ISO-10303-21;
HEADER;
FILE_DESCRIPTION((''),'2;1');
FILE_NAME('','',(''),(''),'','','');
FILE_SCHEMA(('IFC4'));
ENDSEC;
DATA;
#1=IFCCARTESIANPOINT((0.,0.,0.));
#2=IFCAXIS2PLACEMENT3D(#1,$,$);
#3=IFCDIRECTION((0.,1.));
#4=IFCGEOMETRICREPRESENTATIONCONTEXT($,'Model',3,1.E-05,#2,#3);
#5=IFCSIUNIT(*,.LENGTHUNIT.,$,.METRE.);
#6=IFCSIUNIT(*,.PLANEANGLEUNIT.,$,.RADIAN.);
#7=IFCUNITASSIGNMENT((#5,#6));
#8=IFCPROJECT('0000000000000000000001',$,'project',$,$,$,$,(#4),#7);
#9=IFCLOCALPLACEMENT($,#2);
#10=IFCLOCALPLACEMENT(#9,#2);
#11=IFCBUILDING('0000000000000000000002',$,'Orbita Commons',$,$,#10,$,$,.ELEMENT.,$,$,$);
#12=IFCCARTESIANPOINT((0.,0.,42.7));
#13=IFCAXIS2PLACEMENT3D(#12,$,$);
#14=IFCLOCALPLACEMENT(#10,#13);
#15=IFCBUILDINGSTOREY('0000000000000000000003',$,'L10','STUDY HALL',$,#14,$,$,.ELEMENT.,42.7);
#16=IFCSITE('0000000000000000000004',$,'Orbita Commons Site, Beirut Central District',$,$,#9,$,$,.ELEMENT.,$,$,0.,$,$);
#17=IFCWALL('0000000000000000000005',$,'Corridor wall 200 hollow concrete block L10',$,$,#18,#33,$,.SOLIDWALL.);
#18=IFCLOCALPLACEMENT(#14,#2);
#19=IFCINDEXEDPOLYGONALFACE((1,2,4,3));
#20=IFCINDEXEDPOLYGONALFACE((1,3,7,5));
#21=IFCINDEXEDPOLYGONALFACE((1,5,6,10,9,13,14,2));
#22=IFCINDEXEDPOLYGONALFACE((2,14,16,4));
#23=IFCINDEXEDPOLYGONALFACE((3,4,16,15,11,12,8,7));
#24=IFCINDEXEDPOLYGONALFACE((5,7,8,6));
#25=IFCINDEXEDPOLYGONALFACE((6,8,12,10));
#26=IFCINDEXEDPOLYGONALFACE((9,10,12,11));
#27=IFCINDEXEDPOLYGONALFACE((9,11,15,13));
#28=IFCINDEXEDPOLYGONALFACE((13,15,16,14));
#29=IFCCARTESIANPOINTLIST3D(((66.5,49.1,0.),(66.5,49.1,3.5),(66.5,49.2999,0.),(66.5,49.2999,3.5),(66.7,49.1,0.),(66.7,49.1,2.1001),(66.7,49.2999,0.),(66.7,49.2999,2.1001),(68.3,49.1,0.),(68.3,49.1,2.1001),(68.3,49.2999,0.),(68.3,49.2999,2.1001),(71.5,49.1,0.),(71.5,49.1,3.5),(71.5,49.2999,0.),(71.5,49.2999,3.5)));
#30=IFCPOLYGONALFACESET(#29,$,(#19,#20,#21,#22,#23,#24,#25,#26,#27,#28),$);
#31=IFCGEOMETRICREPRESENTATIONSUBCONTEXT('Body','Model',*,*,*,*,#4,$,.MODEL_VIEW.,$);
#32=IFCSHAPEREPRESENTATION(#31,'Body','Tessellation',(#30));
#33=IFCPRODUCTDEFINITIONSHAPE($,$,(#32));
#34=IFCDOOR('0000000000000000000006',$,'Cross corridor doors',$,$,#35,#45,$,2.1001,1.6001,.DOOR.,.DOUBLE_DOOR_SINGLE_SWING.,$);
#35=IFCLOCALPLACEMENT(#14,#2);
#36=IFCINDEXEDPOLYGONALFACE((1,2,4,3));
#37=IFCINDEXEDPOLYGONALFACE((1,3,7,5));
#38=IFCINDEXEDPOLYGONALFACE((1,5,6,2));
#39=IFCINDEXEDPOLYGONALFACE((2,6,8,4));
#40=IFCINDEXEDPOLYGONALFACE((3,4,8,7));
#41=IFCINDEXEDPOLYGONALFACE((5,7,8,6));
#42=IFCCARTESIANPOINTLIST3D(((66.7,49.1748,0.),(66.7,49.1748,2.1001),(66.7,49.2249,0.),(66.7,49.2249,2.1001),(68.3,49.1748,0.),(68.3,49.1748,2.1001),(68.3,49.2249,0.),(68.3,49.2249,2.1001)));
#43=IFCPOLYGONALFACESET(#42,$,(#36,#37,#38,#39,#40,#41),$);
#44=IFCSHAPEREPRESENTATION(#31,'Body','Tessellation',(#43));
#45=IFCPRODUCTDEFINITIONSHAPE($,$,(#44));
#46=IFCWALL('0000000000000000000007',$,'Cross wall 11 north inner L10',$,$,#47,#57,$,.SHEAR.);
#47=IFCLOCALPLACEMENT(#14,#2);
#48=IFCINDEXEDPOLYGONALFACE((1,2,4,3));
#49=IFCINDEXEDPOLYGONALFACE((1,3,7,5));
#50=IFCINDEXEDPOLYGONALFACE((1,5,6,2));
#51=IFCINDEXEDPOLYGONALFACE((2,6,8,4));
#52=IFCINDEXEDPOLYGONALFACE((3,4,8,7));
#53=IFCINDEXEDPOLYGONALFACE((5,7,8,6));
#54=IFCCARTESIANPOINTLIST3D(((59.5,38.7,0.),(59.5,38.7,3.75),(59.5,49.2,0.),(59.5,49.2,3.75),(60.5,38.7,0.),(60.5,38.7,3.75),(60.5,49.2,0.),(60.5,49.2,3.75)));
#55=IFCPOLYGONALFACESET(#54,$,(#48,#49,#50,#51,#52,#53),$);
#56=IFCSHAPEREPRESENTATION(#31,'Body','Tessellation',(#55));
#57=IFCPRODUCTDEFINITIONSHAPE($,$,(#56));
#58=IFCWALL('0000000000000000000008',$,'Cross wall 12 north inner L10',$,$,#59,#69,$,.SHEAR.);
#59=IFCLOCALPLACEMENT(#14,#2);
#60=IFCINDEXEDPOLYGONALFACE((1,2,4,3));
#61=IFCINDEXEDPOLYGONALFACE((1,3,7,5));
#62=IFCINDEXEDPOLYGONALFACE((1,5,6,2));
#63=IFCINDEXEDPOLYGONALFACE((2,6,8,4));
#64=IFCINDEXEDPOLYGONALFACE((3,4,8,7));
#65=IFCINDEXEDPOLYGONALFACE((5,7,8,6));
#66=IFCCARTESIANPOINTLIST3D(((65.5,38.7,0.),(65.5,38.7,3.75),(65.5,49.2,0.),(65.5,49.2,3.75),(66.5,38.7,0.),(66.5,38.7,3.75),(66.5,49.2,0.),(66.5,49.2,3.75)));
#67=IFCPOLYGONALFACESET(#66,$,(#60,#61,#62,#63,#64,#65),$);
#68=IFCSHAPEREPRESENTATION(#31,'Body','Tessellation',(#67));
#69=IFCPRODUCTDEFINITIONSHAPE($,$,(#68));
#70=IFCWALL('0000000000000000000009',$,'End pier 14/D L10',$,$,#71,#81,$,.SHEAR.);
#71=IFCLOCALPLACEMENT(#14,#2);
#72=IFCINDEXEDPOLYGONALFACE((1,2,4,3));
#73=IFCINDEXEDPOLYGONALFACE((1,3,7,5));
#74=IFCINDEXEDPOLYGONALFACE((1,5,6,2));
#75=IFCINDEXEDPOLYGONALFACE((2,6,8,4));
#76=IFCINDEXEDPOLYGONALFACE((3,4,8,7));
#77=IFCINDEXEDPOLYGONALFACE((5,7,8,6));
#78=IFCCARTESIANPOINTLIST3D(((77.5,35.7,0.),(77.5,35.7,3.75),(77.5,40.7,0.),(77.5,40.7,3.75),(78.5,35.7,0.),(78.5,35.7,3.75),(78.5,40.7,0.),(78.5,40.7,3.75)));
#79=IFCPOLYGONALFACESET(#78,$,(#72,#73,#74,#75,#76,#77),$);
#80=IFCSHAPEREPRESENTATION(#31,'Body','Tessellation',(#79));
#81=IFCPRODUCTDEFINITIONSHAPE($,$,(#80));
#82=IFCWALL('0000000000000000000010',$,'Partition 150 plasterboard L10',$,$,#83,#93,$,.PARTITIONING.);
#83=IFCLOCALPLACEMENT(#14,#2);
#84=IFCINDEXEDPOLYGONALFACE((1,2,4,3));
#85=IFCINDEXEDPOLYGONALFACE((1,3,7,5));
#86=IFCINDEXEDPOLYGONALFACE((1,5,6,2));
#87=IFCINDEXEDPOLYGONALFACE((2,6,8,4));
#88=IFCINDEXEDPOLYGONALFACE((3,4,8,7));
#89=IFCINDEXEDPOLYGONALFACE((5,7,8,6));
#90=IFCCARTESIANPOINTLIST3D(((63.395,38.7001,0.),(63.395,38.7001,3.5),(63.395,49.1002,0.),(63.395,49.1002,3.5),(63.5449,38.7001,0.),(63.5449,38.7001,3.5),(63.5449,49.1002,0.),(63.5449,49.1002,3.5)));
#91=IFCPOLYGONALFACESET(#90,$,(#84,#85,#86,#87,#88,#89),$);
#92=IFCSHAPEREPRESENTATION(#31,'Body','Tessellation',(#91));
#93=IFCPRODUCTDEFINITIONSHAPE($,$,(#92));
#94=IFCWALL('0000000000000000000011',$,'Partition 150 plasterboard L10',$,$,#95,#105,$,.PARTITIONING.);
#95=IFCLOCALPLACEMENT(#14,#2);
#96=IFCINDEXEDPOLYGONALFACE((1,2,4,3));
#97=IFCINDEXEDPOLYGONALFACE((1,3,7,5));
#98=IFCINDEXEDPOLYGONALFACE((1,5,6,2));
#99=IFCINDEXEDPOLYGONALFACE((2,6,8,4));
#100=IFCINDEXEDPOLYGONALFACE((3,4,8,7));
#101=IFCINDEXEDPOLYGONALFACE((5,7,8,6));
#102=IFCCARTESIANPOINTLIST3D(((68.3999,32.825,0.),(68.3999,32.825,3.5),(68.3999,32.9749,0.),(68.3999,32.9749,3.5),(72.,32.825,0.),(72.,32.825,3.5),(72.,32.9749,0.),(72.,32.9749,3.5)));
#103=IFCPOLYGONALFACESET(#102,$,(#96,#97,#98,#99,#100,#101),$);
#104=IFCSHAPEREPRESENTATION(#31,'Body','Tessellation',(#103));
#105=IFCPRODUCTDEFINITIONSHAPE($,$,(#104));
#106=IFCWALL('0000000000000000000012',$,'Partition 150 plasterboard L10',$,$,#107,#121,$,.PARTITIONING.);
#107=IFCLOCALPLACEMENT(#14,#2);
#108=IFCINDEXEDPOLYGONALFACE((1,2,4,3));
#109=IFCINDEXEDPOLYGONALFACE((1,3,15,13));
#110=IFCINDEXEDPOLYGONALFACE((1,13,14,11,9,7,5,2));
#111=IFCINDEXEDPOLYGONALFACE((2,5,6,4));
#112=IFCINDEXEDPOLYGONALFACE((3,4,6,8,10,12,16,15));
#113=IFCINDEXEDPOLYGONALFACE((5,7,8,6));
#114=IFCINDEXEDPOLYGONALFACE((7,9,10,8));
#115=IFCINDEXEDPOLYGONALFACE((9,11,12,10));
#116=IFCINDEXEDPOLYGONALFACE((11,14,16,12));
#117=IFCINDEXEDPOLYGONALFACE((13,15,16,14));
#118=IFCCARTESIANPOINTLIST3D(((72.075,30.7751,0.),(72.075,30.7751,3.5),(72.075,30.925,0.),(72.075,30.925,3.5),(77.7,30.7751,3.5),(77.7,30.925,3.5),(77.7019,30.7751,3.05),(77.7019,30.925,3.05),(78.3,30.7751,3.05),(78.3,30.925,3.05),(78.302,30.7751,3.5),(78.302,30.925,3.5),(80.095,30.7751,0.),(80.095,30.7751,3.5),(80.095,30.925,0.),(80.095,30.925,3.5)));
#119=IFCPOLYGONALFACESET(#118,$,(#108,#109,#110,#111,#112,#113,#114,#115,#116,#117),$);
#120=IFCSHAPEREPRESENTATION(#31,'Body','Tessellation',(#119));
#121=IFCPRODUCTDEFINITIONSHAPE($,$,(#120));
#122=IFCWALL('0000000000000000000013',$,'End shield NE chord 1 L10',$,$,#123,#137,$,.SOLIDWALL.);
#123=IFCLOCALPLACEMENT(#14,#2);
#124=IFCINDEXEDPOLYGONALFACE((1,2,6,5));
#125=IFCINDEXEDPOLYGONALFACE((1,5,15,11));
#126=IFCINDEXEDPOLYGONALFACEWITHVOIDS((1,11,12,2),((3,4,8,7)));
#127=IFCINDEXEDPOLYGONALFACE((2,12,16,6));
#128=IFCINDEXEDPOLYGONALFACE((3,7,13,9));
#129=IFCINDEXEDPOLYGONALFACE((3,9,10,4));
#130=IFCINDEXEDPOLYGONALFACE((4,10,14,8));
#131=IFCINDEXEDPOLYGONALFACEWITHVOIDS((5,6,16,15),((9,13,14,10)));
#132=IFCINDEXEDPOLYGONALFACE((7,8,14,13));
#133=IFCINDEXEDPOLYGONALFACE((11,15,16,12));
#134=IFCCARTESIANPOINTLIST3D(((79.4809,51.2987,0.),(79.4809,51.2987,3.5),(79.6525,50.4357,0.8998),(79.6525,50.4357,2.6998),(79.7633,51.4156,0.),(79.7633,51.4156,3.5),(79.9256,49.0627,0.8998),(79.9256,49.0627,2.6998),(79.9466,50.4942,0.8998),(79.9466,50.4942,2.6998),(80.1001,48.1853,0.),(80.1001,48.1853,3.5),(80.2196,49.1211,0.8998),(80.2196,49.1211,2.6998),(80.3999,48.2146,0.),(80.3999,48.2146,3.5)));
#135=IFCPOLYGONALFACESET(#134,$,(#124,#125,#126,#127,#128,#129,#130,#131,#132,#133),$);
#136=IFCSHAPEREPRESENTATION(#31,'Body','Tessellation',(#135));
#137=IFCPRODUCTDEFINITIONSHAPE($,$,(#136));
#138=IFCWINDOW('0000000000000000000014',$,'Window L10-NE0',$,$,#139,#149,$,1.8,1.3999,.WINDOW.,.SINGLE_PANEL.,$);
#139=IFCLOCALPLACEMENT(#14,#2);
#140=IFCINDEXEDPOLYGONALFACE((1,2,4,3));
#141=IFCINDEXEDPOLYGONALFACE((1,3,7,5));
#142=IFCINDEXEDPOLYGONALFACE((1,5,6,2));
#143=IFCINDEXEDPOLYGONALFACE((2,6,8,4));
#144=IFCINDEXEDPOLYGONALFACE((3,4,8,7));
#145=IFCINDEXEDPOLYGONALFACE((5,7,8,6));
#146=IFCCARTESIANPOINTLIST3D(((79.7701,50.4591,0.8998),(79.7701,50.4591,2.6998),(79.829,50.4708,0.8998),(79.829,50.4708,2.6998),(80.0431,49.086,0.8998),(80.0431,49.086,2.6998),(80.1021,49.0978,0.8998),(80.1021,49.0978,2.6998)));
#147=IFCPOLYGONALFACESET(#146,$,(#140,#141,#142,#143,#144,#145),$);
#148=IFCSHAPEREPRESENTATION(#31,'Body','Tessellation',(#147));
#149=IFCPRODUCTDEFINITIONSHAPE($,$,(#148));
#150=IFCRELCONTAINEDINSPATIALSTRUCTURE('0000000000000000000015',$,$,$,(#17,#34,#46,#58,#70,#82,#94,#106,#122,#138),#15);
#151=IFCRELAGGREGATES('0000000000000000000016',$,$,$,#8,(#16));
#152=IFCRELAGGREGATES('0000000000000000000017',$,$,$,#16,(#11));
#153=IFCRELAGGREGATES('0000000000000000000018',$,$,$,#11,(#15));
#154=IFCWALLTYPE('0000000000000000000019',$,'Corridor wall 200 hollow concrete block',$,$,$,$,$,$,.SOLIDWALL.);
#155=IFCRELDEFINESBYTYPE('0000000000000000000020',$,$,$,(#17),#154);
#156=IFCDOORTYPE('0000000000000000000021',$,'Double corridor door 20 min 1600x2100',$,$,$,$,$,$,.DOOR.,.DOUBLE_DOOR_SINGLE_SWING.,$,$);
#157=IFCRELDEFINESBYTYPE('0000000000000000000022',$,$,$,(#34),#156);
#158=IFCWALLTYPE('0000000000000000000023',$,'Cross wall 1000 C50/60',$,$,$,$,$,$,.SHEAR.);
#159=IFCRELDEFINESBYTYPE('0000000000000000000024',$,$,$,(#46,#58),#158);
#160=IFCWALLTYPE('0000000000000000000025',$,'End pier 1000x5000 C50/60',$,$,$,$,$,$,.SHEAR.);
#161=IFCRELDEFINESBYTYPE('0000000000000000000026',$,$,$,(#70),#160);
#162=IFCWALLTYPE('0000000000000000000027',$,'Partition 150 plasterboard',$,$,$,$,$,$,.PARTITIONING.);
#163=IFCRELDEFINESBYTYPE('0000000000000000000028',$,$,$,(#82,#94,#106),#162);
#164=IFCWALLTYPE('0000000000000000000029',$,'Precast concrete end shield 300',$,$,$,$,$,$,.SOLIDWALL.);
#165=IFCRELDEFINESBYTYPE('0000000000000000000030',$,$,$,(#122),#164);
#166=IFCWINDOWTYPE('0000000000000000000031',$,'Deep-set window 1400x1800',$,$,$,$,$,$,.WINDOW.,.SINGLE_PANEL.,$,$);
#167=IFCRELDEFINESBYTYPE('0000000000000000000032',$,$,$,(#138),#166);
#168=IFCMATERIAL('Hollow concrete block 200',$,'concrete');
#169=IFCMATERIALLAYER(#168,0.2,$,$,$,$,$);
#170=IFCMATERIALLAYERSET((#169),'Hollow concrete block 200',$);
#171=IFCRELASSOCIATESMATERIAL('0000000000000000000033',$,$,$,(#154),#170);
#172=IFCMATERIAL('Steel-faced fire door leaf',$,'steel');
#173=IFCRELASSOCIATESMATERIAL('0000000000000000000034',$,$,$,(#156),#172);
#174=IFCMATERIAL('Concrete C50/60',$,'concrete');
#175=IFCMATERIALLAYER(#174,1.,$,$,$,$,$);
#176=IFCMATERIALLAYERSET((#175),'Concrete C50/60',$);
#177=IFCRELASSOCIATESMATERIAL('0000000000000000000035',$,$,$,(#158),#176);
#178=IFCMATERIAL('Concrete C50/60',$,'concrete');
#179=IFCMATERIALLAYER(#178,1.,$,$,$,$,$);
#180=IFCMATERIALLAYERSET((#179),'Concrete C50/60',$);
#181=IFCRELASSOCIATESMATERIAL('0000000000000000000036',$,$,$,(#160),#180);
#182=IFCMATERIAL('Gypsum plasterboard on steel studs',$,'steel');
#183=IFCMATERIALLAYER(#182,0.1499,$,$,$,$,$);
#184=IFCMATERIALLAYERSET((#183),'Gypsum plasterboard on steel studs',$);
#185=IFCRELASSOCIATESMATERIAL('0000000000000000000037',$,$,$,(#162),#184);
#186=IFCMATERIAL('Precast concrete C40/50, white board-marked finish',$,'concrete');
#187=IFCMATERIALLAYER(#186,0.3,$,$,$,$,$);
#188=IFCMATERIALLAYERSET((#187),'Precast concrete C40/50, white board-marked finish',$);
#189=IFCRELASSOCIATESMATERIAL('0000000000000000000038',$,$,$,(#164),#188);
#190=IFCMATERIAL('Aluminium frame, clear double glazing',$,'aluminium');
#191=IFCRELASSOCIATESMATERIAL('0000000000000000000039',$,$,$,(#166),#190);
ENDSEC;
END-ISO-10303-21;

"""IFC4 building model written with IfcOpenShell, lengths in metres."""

from ifc_helpers import new_model, si_unit, direction, frame, frame_2d, origin, place, context, subcontext, project, spatial, polyline, rectangle, outline, extrude, material, layer, layer_set, type_object, element, fill, save


model = new_model("IFC4")

# Units and contexts
model_context = context("Model", 3, precision=1e-05, world=origin(), true_north=direction((0.0, 1.0)))
body_context = subcontext(model_context, "Body", "Model", "MODEL_VIEW")
ifc_project = project(units=[si_unit("LENGTHUNIT", "METRE"), si_unit("PLANEANGLEUNIT", "RADIAN")], contexts=[model_context])

# Site, building, storey
site_placement = place(None, origin())
site = spatial("IfcSite", under=ifc_project, at=site_placement, Name="Orbita Commons Site, Beirut Central District", CompositionType="ELEMENT", RefElevation=0.0)
building_placement = place(site_placement, origin())
building = spatial("IfcBuilding", under=site, at=building_placement, Name="Orbita Commons", CompositionType="ELEMENT")
storey_placement = place(building_placement, frame((0.0, 0.0, 42.7)))
storey = spatial("IfcBuildingStorey", under=building, at=storey_placement, Name="L10", Description="STUDY HALL", CompositionType="ELEMENT", Elevation=42.7)

# Shared definitions
ifc_material_1 = material(Name="Hollow concrete block 200", Category="concrete")
ifc_layer_1 = layer(ifc_material_1, 0.2)
ifc_layer_set_1 = layer_set([ifc_layer_1], Name="Hollow concrete block 200")
wall_type_1 = type_object("IfcWallType", Name="Corridor wall 200 hollow concrete block", PredefinedType="SOLIDWALL", material=ifc_layer_set_1)

# Wall, opening, door
wall_1_placement = place(storey_placement, frame((66.5, 49.2, 0.0), z_axis=(0.0, 0.0, 1.0), x_axis=(1.0, 0.0, 0.0)))
wall_1 = element("IfcWall", 1, at=wall_1_placement, inside=storey, type_object=wall_type_1, Name="Corridor wall 200 hollow concrete block L10", PredefinedType="SOLIDWALL", context=body_context, shape_type="SweptSolid", body=[
    extrude(rectangle(XDim=5.0, YDim=0.2, at=frame_2d((2.5, 0.0))), origin(), (0.0, 0.0, 1.0), 3.5),
])
opening_1_placement = place(wall_1_placement, frame((0.2, 0.0, 0.0)))
opening_1 = element("IfcOpeningElement", 2, at=opening_1_placement, cuts=wall_1, PredefinedType="OPENING", context=body_context, shape_type="SweptSolid", body=[
    extrude(rectangle(XDim=1.6001, YDim=2.1001, at=frame_2d((0.8, 1.05))), frame((0.0, 0.1099, 0.0), z_axis=(0.0, -1.0, 0.0), x_axis=(1.0, 0.0, 0.0)), (0.0, 0.0, 1.0), 0.22),
])
ifc_material_2 = material(Name="Steel-faced fire door leaf", Category="steel")
door_type_1 = type_object("IfcDoorType", Name="Double corridor door 20 min 1600x2100", OperationType="DOUBLE_DOOR_SINGLE_SWING", PredefinedType="DOOR", material=ifc_material_2)
door_1_placement = place(opening_1_placement, origin())
door_1 = element("IfcDoor", 3, at=door_1_placement, inside=storey, type_object=door_type_1, Name="Cross corridor doors", OperationType="DOUBLE_DOOR_SINGLE_SWING", OverallHeight=2.1001, OverallWidth=1.6001, PredefinedType="DOOR", context=body_context, shape_type="SweptSolid", body=[
    extrude(rectangle(XDim=1.6001, YDim=2.1001, at=frame_2d((0.8, 1.05))), frame((0.0, 0.0249, 0.0), z_axis=(0.0, -1.0, 0.0), x_axis=(1.0, 0.0, 0.0)), (0.0, 0.0, 1.0), 0.05),
])
fill(opening_1, door_1)

# Walls
ifc_material_3 = material(Name="Concrete C50/60", Category="concrete")
ifc_layer_2 = layer(ifc_material_3, 1.0)
ifc_layer_set_2 = layer_set([ifc_layer_2], Name="Concrete C50/60")
wall_type_2 = type_object("IfcWallType", Name="Cross wall 1000 C50/60", PredefinedType="SHEAR", material=ifc_layer_set_2)
for number, where, z_axis, x_axis, name in (
    (4, (60.0, 38.7, 0.0), (0.0, 0.0, 1.0), (0.0, 1.0, 0.0), "Cross wall 11 north inner L10"),
    (5, (66.0, 38.7, 0.0), (0.0, 0.0, 1.0), (0.0, 1.0, 0.0), "Cross wall 12 north inner L10"),
):
    element("IfcWall", number, at=place(storey_placement, frame(where, z_axis=z_axis, x_axis=x_axis)), inside=storey, type_object=wall_type_2, Name=name, PredefinedType="SHEAR", context=body_context, shape_type="SweptSolid", body=[
        extrude(rectangle(XDim=10.5, YDim=1.0, at=frame_2d((5.25, 0.0))), origin(), (0.0, 0.0, 1.0), 3.75),
    ])
ifc_material_4 = material(Name="Concrete C50/60", Category="concrete")
ifc_layer_3 = layer(ifc_material_4, 1.0)
ifc_layer_set_3 = layer_set([ifc_layer_3], Name="Concrete C50/60")
wall_type_3 = type_object("IfcWallType", Name="End pier 1000x5000 C50/60", PredefinedType="SHEAR", material=ifc_layer_set_3)
wall_2_placement = place(storey_placement, frame((78.0, 35.7, 0.0), z_axis=(0.0, 0.0, 1.0), x_axis=(0.0, 1.0, 0.0)))
element("IfcWall", 6, at=wall_2_placement, inside=storey, type_object=wall_type_3, Name="End pier 14/D L10", PredefinedType="SHEAR", context=body_context, shape_type="SweptSolid", body=[
    extrude(rectangle(XDim=5.0, YDim=1.0, at=frame_2d((2.5, 0.0))), origin(), (0.0, 0.0, 1.0), 3.75),
])
ifc_material_5 = material(Name="Gypsum plasterboard on steel studs", Category="steel")
ifc_layer_4 = layer(ifc_material_5, 0.1499)
ifc_layer_set_4 = layer_set([ifc_layer_4], Name="Gypsum plasterboard on steel studs")
wall_type_4 = type_object("IfcWallType", Name="Partition 150 plasterboard", PredefinedType="PARTITIONING", material=ifc_layer_set_4)
wall_3_placement = place(storey_placement, frame((63.47, 38.7, 0.0), z_axis=(0.0, 0.0, 1.0), x_axis=(0.0, 1.0, 0.0)))
element("IfcWall", 7, at=wall_3_placement, inside=storey, type_object=wall_type_4, Name="Partition 150 plasterboard L10", PredefinedType="PARTITIONING", context=body_context, shape_type="SweptSolid", body=[
    extrude(rectangle(XDim=10.4001, YDim=0.1499, at=frame_2d((5.2002, 0.0))), origin(), (0.0, 0.0, 1.0), 3.5),
])
wall_4_placement = place(storey_placement, frame((68.3999, 32.8999, 0.0), z_axis=(0.0, 0.0, 1.0), x_axis=(1.0, 0.0, 0.0)))
element("IfcWall", 8, at=wall_4_placement, inside=storey, type_object=wall_type_4, Name="Partition 150 plasterboard L10", PredefinedType="PARTITIONING", context=body_context, shape_type="SweptSolid", body=[
    extrude(rectangle(XDim=3.6001, YDim=0.1499, at=frame_2d((1.8, 0.0))), origin(), (0.0, 0.0, 1.0), 3.5),
])
wall_5_placement = place(storey_placement, frame((72.075, 30.8501, 0.0), z_axis=(0.0, 0.0, 1.0), x_axis=(1.0, 0.0, 0.0)))
element("IfcWall", 9, at=wall_5_placement, inside=storey, type_object=wall_type_4, Name="Partition 150 plasterboard L10", PredefinedType="PARTITIONING", context=body_context, shape_type="SweptSolid", body=[
    extrude(outline(polyline([(0.0, 0.0), (8.02, 0.0), (8.02, 3.5), (6.2271, 3.5), (6.2251, 3.05), (5.627, 3.05), (5.625, 3.5), (0.0, 3.5), (0.0, 0.0)])), frame((0.0, 0.075, 0.0), z_axis=(0.0, -1.0, 0.0), x_axis=(1.0, 0.0, 0.0)), (0.0, 0.0, 1.0), 0.1499),
])

# Wall, opening, window
ifc_material_6 = material(Name="Precast concrete C40/50, white board-marked finish", Category="concrete")
ifc_layer_5 = layer(ifc_material_6, 0.3)
ifc_layer_set_5 = layer_set([ifc_layer_5], Name="Precast concrete C40/50, white board-marked finish")
wall_type_5 = type_object("IfcWallType", Name="Precast concrete end shield 300", PredefinedType="SOLIDWALL", material=ifc_layer_set_5)
wall_6_placement = place(storey_placement, frame((80.25, 48.2, 0.0), z_axis=(0.0, 0.0, 1.0), x_axis=(-0.195066, 0.98079, 0.0)))
wall_6 = element("IfcWall", 10, at=wall_6_placement, inside=storey, type_object=wall_type_5, Name="End shield NE chord 1 L10", PredefinedType="SOLIDWALL", context=body_context, shape_type="SweptSolid", body=[
    extrude(outline(polyline([(-0.0149, -0.1499), (3.2488, -0.1499), (3.1892, 0.1499), (0.0149, 0.1499), (-0.0149, -0.1499)])), origin(), (0.0, 0.0, 1.0), 3.5),
])
opening_2_placement = place(wall_6_placement, frame((0.9094, 0.0, 0.8999)))
opening_2 = element("IfcOpeningElement", 11, at=opening_2_placement, cuts=wall_6, PredefinedType="OPENING", context=body_context, shape_type="SweptSolid", body=[
    extrude(rectangle(XDim=1.3999, YDim=1.8, at=frame_2d((0.7, 0.8999))), frame((0.0, 0.1599, 0.0), z_axis=(0.0, -1.0, 0.0), x_axis=(1.0, 0.0, 0.0)), (0.0, 0.0, 1.0), 0.3201),
])
ifc_material_7 = material(Name="Aluminium frame, clear double glazing", Category="aluminium")
window_type = type_object("IfcWindowType", Name="Deep-set window 1400x1800", PartitioningType="SINGLE_PANEL", PredefinedType="WINDOW", material=ifc_material_7)
window_placement = place(opening_2_placement, origin())
window = element("IfcWindow", 12, at=window_placement, inside=storey, type_object=window_type, Name="Window L10-NE0", OverallHeight=1.8, OverallWidth=1.3999, PartitioningType="SINGLE_PANEL", PredefinedType="WINDOW", context=body_context, shape_type="SweptSolid", body=[
    extrude(rectangle(XDim=1.3999, YDim=1.8, at=frame_2d((0.7, 0.8999))), frame((0.0, 0.03, 0.0), z_axis=(0.0, -1.0, 0.0), x_axis=(1.0, 0.0, 0.0)), (0.0, 0.0, 1.0), 0.0601),
])
fill(opening_2, window)

save(model, "model.ifc")
